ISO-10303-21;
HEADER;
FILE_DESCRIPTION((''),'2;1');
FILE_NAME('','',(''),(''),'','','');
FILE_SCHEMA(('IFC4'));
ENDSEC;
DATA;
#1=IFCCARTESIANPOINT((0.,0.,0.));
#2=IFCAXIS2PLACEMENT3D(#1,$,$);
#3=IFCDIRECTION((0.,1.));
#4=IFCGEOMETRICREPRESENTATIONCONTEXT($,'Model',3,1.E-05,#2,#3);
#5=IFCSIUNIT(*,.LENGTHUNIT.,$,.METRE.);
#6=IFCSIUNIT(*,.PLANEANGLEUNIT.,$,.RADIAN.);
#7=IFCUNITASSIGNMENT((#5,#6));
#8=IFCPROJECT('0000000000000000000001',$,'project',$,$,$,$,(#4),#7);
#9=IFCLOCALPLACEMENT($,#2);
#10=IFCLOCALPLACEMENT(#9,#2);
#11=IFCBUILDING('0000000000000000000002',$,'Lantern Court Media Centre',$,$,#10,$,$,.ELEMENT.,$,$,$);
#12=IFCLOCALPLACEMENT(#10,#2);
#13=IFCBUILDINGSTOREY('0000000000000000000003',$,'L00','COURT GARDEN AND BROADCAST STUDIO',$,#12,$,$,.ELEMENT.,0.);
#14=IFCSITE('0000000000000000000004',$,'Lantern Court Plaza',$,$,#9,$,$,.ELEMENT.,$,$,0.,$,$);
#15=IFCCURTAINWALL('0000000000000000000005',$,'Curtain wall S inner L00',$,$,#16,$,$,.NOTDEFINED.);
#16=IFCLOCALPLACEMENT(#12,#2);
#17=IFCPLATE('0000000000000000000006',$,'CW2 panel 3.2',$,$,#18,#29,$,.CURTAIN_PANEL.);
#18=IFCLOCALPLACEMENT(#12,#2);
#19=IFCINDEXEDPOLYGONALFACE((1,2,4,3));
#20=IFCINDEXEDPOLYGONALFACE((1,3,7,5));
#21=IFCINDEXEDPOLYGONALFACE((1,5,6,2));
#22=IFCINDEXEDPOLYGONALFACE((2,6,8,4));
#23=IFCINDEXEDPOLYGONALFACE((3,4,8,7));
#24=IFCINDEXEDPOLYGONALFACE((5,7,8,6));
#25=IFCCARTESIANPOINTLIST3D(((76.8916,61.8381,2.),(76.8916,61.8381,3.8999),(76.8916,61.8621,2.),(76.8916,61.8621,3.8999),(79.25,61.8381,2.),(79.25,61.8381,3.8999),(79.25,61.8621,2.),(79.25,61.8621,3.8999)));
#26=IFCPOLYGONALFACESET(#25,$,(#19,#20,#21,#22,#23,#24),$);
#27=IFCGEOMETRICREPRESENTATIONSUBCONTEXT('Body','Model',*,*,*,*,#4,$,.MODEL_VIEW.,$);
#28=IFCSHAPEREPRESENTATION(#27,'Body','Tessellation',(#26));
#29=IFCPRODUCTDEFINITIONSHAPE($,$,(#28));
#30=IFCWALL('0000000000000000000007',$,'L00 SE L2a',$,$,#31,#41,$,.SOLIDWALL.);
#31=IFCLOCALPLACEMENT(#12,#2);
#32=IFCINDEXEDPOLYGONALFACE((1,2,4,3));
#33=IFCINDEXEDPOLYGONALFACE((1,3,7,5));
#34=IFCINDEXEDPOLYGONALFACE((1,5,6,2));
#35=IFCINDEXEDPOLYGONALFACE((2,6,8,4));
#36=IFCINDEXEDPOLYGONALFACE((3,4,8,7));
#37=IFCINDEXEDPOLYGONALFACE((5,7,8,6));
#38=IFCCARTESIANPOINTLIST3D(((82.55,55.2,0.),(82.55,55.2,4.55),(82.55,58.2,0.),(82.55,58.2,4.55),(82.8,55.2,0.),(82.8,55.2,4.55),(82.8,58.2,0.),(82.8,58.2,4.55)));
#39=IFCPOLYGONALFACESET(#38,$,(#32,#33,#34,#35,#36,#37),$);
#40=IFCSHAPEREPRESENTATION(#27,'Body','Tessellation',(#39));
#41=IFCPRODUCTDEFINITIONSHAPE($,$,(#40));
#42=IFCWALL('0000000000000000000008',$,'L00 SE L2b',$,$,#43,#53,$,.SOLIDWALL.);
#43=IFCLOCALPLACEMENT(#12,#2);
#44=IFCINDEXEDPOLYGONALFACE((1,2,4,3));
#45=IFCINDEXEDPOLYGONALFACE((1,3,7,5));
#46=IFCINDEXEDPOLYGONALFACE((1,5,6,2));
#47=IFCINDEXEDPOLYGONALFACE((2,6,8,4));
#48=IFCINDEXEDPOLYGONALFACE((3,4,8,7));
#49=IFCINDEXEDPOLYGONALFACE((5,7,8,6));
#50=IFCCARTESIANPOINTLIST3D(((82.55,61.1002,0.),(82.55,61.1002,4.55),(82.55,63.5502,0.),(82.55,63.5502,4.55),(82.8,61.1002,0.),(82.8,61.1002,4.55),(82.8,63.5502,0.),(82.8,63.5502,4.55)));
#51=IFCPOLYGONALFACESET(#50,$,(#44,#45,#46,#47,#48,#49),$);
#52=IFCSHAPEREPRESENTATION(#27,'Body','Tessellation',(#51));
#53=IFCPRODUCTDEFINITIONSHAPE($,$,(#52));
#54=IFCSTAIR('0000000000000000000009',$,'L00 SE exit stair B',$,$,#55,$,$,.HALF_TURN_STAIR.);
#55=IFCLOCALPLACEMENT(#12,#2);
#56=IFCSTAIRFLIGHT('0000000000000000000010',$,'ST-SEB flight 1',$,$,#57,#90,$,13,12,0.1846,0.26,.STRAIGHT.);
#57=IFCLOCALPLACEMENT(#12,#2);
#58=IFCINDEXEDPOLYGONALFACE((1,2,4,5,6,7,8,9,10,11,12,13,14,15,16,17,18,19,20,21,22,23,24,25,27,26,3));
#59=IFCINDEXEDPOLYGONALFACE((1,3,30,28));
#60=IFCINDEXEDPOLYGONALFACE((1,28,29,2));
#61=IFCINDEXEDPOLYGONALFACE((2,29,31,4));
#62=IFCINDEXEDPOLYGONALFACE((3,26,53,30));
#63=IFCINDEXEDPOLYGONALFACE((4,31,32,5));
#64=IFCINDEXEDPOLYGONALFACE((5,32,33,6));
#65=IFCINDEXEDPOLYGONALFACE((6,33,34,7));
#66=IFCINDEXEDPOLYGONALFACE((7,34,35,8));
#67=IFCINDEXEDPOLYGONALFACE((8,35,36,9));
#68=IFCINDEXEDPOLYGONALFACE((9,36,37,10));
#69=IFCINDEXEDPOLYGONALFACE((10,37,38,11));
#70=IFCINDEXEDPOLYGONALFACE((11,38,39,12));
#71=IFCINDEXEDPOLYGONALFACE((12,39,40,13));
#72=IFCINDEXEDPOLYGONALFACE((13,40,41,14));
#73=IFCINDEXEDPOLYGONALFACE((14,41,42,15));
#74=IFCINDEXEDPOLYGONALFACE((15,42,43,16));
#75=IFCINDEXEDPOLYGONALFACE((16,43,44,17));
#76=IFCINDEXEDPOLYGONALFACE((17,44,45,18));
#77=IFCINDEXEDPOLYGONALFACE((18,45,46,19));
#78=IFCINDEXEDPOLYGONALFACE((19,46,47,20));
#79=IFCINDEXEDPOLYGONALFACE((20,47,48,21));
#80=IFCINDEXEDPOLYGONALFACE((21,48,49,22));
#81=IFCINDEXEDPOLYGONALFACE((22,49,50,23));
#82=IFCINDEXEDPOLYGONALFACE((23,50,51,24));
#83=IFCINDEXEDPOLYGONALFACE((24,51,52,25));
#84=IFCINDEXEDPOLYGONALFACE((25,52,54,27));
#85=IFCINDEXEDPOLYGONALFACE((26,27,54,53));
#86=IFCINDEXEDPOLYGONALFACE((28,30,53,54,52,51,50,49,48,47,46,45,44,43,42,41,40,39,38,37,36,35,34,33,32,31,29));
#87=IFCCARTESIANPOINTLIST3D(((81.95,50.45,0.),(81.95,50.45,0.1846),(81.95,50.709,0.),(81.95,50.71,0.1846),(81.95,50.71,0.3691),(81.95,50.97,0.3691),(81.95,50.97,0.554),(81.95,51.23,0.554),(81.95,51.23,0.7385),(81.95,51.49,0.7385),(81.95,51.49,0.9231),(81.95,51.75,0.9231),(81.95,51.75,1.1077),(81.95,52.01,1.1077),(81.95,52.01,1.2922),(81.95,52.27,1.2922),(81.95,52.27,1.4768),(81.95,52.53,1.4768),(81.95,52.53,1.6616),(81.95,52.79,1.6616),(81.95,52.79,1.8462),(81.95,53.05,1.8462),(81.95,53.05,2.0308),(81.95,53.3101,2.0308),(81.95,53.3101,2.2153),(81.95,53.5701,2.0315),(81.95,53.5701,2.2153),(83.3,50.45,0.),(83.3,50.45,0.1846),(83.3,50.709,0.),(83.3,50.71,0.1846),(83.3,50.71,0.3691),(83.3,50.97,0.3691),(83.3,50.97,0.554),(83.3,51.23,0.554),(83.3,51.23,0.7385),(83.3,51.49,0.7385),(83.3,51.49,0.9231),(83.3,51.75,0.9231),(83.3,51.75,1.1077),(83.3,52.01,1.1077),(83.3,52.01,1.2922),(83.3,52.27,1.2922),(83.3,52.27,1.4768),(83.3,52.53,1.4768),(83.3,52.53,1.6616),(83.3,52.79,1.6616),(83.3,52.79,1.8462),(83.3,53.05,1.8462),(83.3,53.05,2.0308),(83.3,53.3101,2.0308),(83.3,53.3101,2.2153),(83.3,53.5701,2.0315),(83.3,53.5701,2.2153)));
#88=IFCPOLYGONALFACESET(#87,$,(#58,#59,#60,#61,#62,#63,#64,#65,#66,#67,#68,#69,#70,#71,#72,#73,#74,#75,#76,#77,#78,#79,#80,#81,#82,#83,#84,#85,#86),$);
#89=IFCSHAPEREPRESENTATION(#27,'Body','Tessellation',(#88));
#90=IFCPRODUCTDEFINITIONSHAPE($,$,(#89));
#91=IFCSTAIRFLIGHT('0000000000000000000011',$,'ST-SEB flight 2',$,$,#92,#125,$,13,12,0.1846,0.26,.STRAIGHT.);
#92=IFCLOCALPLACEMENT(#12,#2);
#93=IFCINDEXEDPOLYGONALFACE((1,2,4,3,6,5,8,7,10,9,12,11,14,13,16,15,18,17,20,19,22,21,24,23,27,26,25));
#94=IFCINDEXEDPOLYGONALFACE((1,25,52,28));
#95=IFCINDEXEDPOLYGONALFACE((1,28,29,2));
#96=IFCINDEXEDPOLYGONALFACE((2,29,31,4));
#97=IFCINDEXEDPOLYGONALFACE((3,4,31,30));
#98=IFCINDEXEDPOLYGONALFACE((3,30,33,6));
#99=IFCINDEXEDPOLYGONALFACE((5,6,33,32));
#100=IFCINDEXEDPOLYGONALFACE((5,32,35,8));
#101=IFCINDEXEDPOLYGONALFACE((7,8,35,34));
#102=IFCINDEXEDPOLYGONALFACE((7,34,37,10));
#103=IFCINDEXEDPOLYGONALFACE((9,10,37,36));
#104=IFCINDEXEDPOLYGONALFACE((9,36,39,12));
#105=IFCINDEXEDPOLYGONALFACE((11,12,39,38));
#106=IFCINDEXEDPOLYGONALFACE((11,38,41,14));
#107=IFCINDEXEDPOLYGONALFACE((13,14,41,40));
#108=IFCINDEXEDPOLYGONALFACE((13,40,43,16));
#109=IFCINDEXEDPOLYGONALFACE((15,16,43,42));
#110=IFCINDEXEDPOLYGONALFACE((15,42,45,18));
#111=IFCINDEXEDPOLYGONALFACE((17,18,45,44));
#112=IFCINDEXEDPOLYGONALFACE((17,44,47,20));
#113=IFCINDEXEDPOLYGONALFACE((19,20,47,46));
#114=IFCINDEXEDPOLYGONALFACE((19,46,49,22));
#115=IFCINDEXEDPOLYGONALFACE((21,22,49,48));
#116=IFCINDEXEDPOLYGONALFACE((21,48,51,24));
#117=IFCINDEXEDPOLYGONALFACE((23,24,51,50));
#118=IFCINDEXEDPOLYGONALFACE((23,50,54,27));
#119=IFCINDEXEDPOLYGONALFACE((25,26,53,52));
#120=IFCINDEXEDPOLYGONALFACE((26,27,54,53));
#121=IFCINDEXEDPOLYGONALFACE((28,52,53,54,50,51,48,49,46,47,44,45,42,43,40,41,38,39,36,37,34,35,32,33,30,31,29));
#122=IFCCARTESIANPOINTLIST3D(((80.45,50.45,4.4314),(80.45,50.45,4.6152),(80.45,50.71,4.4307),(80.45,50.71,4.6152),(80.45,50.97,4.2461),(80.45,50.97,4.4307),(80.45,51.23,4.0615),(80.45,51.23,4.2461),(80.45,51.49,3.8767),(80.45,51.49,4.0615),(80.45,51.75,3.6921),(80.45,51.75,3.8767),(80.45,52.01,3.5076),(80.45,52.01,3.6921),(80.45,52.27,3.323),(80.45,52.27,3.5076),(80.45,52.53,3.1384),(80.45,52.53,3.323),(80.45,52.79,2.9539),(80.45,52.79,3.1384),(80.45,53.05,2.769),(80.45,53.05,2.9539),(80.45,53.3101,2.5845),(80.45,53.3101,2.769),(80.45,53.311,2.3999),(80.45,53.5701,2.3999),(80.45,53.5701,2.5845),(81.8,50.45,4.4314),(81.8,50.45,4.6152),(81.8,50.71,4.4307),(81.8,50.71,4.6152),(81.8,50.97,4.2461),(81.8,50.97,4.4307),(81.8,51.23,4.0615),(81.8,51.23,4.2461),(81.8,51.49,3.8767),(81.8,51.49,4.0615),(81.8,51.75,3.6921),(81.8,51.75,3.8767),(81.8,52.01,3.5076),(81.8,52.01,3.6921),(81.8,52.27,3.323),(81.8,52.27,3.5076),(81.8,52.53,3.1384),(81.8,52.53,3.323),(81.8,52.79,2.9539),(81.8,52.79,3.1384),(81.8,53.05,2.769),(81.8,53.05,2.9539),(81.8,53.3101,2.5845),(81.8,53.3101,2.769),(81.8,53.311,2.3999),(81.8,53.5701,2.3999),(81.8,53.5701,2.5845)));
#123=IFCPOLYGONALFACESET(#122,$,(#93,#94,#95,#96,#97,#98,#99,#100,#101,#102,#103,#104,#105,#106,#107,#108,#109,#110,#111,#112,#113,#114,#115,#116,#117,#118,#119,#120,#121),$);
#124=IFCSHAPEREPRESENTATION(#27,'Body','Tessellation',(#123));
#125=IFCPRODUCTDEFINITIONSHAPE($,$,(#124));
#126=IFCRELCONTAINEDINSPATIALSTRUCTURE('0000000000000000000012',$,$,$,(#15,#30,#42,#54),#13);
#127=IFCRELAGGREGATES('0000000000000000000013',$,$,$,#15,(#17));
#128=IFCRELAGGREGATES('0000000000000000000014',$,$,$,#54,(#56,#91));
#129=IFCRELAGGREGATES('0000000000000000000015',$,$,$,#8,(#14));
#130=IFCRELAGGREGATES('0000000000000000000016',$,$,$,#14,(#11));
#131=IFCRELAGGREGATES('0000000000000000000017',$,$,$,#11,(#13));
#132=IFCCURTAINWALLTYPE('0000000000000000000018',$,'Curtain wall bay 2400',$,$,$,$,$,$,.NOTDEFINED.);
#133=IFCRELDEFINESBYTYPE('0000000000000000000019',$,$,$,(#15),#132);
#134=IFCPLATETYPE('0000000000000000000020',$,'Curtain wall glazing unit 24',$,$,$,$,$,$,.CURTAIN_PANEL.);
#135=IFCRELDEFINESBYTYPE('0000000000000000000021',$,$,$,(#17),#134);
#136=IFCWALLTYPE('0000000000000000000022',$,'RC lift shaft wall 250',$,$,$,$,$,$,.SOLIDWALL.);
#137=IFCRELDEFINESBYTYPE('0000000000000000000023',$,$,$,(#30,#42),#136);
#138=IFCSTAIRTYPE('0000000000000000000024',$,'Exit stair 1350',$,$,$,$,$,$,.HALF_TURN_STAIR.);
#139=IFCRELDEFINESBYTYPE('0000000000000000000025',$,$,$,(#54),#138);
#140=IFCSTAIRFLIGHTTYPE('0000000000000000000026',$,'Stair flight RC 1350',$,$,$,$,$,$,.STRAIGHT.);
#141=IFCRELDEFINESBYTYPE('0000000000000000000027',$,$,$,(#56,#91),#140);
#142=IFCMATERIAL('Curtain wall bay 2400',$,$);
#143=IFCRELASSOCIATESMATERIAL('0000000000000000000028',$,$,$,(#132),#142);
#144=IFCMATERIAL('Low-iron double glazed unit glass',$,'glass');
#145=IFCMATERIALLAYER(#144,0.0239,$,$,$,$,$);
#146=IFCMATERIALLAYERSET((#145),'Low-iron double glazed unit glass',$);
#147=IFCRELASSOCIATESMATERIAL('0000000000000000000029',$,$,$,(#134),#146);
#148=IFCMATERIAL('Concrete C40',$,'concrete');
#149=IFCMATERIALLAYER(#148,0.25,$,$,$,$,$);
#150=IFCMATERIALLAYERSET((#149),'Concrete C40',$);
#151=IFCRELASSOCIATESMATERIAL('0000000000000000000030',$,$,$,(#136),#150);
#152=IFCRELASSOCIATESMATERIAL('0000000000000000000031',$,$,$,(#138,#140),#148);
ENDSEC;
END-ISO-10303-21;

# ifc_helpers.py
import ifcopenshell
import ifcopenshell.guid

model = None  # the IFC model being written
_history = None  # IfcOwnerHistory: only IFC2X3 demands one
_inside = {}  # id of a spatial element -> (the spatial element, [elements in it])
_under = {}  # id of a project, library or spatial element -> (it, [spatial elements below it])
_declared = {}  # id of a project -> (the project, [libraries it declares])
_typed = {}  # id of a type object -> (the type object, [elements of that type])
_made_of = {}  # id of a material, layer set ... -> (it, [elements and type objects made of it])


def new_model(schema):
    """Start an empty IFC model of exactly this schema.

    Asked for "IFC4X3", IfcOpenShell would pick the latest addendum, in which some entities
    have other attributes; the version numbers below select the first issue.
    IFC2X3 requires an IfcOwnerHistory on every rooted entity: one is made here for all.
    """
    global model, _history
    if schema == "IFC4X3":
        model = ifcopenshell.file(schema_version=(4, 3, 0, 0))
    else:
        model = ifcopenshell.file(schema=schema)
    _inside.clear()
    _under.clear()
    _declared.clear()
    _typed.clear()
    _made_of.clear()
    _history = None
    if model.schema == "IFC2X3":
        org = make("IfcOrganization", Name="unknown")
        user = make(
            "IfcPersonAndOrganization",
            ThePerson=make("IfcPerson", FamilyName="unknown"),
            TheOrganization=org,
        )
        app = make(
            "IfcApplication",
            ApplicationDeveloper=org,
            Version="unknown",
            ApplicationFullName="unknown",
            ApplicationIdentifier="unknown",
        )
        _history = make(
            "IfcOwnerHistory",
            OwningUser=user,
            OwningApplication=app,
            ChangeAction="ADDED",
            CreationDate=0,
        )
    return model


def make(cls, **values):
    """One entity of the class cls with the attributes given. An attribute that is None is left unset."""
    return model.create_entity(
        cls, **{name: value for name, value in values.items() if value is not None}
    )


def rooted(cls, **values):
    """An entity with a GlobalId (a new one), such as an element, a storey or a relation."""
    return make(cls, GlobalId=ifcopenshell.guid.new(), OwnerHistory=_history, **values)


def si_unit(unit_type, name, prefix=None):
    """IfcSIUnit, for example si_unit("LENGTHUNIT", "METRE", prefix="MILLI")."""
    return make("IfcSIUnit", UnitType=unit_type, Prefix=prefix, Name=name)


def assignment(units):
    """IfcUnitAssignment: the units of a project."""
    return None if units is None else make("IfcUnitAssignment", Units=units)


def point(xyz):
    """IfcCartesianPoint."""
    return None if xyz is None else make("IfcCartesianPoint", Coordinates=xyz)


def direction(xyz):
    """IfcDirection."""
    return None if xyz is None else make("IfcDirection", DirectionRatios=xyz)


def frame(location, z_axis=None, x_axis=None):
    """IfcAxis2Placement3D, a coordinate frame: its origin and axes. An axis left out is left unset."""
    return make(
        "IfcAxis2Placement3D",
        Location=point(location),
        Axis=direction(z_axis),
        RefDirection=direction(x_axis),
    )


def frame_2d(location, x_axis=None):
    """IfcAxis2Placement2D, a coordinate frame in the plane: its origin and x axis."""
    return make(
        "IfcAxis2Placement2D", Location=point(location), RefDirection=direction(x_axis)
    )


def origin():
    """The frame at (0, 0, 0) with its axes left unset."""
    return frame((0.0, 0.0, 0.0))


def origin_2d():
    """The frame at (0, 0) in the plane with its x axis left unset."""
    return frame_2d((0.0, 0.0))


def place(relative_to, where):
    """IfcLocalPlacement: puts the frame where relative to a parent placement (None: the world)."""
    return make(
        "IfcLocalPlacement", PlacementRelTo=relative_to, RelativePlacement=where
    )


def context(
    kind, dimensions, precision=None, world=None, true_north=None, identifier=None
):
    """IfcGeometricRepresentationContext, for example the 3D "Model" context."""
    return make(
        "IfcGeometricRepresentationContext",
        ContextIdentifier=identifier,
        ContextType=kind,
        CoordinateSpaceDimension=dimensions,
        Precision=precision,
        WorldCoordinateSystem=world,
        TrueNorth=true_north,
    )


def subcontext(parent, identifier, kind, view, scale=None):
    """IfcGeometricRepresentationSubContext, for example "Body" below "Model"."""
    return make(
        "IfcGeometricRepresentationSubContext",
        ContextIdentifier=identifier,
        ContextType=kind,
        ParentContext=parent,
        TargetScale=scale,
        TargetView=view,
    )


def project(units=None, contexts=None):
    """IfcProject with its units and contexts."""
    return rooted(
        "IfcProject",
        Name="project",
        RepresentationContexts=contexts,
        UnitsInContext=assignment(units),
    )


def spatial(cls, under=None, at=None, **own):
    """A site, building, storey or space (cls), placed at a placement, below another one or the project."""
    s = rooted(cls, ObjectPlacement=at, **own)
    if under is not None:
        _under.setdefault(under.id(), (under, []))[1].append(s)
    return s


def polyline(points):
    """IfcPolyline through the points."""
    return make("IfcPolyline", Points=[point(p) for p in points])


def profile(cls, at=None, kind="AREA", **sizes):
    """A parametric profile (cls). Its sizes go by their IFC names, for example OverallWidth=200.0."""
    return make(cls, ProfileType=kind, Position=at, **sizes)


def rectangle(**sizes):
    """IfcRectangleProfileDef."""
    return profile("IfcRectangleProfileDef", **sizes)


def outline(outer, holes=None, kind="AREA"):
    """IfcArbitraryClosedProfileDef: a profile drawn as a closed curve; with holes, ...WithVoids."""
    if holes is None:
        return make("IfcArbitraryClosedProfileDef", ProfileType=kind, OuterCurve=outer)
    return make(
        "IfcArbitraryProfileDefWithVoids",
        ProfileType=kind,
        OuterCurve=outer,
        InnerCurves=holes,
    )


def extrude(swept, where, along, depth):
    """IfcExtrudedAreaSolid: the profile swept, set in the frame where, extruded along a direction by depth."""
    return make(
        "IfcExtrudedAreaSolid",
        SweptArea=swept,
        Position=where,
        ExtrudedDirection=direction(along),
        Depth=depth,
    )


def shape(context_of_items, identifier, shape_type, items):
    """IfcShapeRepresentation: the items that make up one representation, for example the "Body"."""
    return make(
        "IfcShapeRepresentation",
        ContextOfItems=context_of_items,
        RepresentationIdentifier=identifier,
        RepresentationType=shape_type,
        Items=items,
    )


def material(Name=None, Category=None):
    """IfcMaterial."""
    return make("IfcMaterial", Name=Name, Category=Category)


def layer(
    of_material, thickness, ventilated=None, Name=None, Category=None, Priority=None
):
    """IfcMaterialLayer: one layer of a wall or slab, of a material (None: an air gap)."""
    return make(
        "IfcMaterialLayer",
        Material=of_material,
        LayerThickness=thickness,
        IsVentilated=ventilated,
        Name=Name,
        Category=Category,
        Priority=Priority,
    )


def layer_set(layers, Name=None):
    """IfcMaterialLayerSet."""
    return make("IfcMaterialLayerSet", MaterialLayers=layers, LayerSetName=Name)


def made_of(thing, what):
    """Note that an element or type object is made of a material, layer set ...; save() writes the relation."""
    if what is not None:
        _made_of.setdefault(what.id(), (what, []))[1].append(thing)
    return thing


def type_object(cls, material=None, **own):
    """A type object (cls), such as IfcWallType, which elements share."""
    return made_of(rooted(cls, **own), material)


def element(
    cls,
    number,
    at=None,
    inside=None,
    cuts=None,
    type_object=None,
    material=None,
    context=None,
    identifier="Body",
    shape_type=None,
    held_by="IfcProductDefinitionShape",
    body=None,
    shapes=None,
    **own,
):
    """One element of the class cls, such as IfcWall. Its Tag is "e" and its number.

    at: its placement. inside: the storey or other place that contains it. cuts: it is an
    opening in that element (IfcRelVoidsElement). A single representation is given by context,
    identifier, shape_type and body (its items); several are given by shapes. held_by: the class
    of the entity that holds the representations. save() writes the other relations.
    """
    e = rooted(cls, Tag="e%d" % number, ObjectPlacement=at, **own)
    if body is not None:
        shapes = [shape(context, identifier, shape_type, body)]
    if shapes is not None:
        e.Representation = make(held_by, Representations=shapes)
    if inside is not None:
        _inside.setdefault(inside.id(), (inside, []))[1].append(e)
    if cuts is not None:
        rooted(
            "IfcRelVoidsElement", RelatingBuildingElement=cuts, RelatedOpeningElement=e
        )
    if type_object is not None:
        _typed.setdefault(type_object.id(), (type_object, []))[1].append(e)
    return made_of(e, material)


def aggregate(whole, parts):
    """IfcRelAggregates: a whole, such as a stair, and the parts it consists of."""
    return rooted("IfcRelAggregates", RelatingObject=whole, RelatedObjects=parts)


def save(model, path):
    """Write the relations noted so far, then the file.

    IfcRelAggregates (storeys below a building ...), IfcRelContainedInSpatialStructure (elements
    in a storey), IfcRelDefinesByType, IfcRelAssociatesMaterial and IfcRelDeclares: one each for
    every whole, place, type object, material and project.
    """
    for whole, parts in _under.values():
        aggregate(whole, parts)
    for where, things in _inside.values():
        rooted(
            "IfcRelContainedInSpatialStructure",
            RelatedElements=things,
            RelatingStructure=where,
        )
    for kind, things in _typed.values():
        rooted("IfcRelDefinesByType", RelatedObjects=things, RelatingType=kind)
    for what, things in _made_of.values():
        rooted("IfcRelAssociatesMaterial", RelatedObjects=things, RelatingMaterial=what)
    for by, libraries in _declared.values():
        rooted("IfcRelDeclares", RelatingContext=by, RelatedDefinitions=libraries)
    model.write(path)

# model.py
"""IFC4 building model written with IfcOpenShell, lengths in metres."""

from ifc_helpers import new_model, si_unit, direction, frame, frame_2d, origin, origin_2d, place, context, subcontext, project, spatial, polyline, rectangle, outline, extrude, material, layer, layer_set, type_object, element, aggregate, save


model = new_model("IFC4")

# Units and contexts
model_context = context("Model", 3, precision=1e-05, world=origin(), true_north=direction((0.0, 1.0)))
body_context = subcontext(model_context, "Body", "Model", "MODEL_VIEW")
ifc_project = project(units=[si_unit("LENGTHUNIT", "METRE"), si_unit("PLANEANGLEUNIT", "RADIAN")], contexts=[model_context])

# Site, building, storey
site_placement = place(None, origin())
site = spatial("IfcSite", under=ifc_project, at=site_placement, Name="Lantern Court Plaza", CompositionType="ELEMENT", RefElevation=0.0)
building_placement = place(site_placement, origin())
building = spatial("IfcBuilding", under=site, at=building_placement, Name="Lantern Court Media Centre", CompositionType="ELEMENT")
storey_placement = place(building_placement, origin())
storey = spatial("IfcBuildingStorey", under=building, at=storey_placement, Name="L00", Description="COURT GARDEN AND BROADCAST STUDIO", CompositionType="ELEMENT", Elevation=0.0)

# Curtain wall
ifc_material_1 = material(Name="Curtain wall bay 2400")
curtain_wall_type = type_object("IfcCurtainWallType", Name="Curtain wall bay 2400", PredefinedType="NOTDEFINED", material=ifc_material_1)
curtain_wall_placement = place(storey_placement, origin())
curtain_wall = element("IfcCurtainWall", 1, at=curtain_wall_placement, inside=storey, type_object=curtain_wall_type, Name="Curtain wall S inner L00", PredefinedType="NOTDEFINED")

# Plate
ifc_material_2 = material(Name="Low-iron double glazed unit glass", Category="glass")
ifc_layer_1 = layer(ifc_material_2, 0.0239)
ifc_layer_set_1 = layer_set([ifc_layer_1], Name="Low-iron double glazed unit glass")
plate_type = type_object("IfcPlateType", Name="Curtain wall glazing unit 24", PredefinedType="CURTAIN_PANEL", material=ifc_layer_set_1)
plate_1_placement = place(storey_placement, frame((78.0708, 61.8501, 2.0), z_axis=(0.0, 0.0, 1.0), x_axis=(1.0, 0.0, 0.0)))
plate_1 = element("IfcPlate", 2, at=plate_1_placement, type_object=plate_type, Name="CW2 panel 3.2", PredefinedType="CURTAIN_PANEL", context=body_context, shape_type="SweptSolid", body=[
    extrude(rectangle(XDim=2.3584, YDim=0.0239, at=origin_2d()), origin(), (0.0, 0.0, 1.0), 1.8999),
])
aggregate(curtain_wall, [plate_1])

# Walls
ifc_material_3 = material(Name="Concrete C40", Category="concrete")
ifc_layer_2 = layer(ifc_material_3, 0.25)
ifc_layer_set_2 = layer_set([ifc_layer_2], Name="Concrete C40")
wall_type = type_object("IfcWallType", Name="RC lift shaft wall 250", PredefinedType="SOLIDWALL", material=ifc_layer_set_2)
wall_1_placement = place(storey_placement, frame((82.675, 55.2, 0.0), z_axis=(0.0, 0.0, 1.0), x_axis=(0.0, 1.0, 0.0)))
element("IfcWall", 3, at=wall_1_placement, inside=storey, type_object=wall_type, Name="L00 SE L2a", PredefinedType="SOLIDWALL", context=body_context, shape_type="SweptSolid", body=[
    extrude(rectangle(XDim=3.0, YDim=0.25, at=frame_2d((1.5, 0.0))), origin(), (0.0, 0.0, 1.0), 4.55),
])
wall_2_placement = place(storey_placement, frame((82.675, 61.1001, 0.0), z_axis=(0.0, 0.0, 1.0), x_axis=(0.0, 1.0, 0.0)))
element("IfcWall", 4, at=wall_2_placement, inside=storey, type_object=wall_type, Name="L00 SE L2b", PredefinedType="SOLIDWALL", context=body_context, shape_type="SweptSolid", body=[
    extrude(rectangle(XDim=2.45, YDim=0.25, at=frame_2d((1.2251, 0.0))), origin(), (0.0, 0.0, 1.0), 4.55),
])

# Stair, stair flights
stair_type = type_object("IfcStairType", Name="Exit stair 1350", PredefinedType="HALF_TURN_STAIR", material=ifc_material_3)
stair_placement = place(storey_placement, origin())
stair = element("IfcStair", 5, at=stair_placement, inside=storey, type_object=stair_type, Name="L00 SE exit stair B", PredefinedType="HALF_TURN_STAIR")
stair_flight_type = type_object("IfcStairFlightType", Name="Stair flight RC 1350", PredefinedType="STRAIGHT", material=ifc_material_3)
stair_flight_1_placement = place(storey_placement, frame((82.625, 50.45, 0.0), z_axis=(0.0, 0.0, 1.0), x_axis=(0.0, 1.0, 0.0)))
stair_flight_1 = element("IfcStairFlight", 6, at=stair_flight_1_placement, type_object=stair_flight_type, Name="ST-SEB flight 1", NumberOfRisers=13, NumberOfTreads=12, PredefinedType="STRAIGHT", RiserHeight=0.1846, TreadLength=0.26, context=body_context, shape_type="SweptSolid", body=[
    extrude(outline(polyline([(0.0, 0.0), (0.0, 0.1846), (0.26, 0.1846), (0.26, 0.3691), (0.52, 0.3691), (0.52, 0.554), (0.78, 0.554), (0.78, 0.7385), (1.04, 0.7385), (1.04, 0.9231), (1.3, 0.9231), (1.3, 1.1077), (1.5601, 1.1077), (1.5601, 1.2922), (1.8201, 1.2922), (1.8201, 1.4768), (2.0801, 1.4768), (2.0801, 1.6616), (2.3401, 1.6616), (2.3401, 1.8462), (2.6001, 1.8462), (2.6001, 2.0308), (2.8601, 2.0308), (2.8601, 2.2153), (3.1201, 2.2153), (3.1201, 2.3999), (3.1201, 2.0315), (0.259, 0.0), (0.0, 0.0)])), frame((0.0, 0.675, 0.0), z_axis=(0.0, -1.0, 0.0), x_axis=(1.0, 0.0, 0.0)), (0.0, 0.0, 1.0), 1.3501),
])
stair_flight_2_placement = place(storey_placement, frame((81.125, 53.5701, 2.3999), z_axis=(0.0, 0.0, 1.0), x_axis=(0.0, -1.0, 0.0)))
stair_flight_2 = element("IfcStairFlight", 7, at=stair_flight_2_placement, type_object=stair_flight_type, Name="ST-SEB flight 2", NumberOfRisers=13, NumberOfTreads=12, PredefinedType="STRAIGHT", RiserHeight=0.1846, TreadLength=0.26, context=body_context, shape_type="SweptSolid", body=[
    extrude(outline(polyline([(0.0, 0.0), (0.0, 0.1846), (0.26, 0.1846), (0.26, 0.3691), (0.52, 0.3691), (0.52, 0.554), (0.78, 0.554), (0.78, 0.7385), (1.04, 0.7385), (1.04, 0.9231), (1.3, 0.9231), (1.3, 1.1077), (1.5601, 1.1077), (1.5601, 1.2922), (1.8201, 1.2922), (1.8201, 1.4768), (2.0801, 1.4768), (2.0801, 1.6616), (2.3401, 1.6616), (2.3401, 1.8462), (2.6001, 1.8462), (2.6001, 2.0308), (2.8601, 2.0308), (2.8601, 2.2153), (3.1201, 2.2153), (3.1201, 2.3999), (3.1201, 2.0315), (0.259, 0.0), (0.0, 0.0)])), frame((0.0, 0.675, 0.0), z_axis=(0.0, -1.0, 0.0), x_axis=(1.0, 0.0, 0.0)), (0.0, 0.0, 1.0), 1.3501),
])
aggregate(stair, [stair_flight_1, stair_flight_2])

save(model, "model.ifc")
